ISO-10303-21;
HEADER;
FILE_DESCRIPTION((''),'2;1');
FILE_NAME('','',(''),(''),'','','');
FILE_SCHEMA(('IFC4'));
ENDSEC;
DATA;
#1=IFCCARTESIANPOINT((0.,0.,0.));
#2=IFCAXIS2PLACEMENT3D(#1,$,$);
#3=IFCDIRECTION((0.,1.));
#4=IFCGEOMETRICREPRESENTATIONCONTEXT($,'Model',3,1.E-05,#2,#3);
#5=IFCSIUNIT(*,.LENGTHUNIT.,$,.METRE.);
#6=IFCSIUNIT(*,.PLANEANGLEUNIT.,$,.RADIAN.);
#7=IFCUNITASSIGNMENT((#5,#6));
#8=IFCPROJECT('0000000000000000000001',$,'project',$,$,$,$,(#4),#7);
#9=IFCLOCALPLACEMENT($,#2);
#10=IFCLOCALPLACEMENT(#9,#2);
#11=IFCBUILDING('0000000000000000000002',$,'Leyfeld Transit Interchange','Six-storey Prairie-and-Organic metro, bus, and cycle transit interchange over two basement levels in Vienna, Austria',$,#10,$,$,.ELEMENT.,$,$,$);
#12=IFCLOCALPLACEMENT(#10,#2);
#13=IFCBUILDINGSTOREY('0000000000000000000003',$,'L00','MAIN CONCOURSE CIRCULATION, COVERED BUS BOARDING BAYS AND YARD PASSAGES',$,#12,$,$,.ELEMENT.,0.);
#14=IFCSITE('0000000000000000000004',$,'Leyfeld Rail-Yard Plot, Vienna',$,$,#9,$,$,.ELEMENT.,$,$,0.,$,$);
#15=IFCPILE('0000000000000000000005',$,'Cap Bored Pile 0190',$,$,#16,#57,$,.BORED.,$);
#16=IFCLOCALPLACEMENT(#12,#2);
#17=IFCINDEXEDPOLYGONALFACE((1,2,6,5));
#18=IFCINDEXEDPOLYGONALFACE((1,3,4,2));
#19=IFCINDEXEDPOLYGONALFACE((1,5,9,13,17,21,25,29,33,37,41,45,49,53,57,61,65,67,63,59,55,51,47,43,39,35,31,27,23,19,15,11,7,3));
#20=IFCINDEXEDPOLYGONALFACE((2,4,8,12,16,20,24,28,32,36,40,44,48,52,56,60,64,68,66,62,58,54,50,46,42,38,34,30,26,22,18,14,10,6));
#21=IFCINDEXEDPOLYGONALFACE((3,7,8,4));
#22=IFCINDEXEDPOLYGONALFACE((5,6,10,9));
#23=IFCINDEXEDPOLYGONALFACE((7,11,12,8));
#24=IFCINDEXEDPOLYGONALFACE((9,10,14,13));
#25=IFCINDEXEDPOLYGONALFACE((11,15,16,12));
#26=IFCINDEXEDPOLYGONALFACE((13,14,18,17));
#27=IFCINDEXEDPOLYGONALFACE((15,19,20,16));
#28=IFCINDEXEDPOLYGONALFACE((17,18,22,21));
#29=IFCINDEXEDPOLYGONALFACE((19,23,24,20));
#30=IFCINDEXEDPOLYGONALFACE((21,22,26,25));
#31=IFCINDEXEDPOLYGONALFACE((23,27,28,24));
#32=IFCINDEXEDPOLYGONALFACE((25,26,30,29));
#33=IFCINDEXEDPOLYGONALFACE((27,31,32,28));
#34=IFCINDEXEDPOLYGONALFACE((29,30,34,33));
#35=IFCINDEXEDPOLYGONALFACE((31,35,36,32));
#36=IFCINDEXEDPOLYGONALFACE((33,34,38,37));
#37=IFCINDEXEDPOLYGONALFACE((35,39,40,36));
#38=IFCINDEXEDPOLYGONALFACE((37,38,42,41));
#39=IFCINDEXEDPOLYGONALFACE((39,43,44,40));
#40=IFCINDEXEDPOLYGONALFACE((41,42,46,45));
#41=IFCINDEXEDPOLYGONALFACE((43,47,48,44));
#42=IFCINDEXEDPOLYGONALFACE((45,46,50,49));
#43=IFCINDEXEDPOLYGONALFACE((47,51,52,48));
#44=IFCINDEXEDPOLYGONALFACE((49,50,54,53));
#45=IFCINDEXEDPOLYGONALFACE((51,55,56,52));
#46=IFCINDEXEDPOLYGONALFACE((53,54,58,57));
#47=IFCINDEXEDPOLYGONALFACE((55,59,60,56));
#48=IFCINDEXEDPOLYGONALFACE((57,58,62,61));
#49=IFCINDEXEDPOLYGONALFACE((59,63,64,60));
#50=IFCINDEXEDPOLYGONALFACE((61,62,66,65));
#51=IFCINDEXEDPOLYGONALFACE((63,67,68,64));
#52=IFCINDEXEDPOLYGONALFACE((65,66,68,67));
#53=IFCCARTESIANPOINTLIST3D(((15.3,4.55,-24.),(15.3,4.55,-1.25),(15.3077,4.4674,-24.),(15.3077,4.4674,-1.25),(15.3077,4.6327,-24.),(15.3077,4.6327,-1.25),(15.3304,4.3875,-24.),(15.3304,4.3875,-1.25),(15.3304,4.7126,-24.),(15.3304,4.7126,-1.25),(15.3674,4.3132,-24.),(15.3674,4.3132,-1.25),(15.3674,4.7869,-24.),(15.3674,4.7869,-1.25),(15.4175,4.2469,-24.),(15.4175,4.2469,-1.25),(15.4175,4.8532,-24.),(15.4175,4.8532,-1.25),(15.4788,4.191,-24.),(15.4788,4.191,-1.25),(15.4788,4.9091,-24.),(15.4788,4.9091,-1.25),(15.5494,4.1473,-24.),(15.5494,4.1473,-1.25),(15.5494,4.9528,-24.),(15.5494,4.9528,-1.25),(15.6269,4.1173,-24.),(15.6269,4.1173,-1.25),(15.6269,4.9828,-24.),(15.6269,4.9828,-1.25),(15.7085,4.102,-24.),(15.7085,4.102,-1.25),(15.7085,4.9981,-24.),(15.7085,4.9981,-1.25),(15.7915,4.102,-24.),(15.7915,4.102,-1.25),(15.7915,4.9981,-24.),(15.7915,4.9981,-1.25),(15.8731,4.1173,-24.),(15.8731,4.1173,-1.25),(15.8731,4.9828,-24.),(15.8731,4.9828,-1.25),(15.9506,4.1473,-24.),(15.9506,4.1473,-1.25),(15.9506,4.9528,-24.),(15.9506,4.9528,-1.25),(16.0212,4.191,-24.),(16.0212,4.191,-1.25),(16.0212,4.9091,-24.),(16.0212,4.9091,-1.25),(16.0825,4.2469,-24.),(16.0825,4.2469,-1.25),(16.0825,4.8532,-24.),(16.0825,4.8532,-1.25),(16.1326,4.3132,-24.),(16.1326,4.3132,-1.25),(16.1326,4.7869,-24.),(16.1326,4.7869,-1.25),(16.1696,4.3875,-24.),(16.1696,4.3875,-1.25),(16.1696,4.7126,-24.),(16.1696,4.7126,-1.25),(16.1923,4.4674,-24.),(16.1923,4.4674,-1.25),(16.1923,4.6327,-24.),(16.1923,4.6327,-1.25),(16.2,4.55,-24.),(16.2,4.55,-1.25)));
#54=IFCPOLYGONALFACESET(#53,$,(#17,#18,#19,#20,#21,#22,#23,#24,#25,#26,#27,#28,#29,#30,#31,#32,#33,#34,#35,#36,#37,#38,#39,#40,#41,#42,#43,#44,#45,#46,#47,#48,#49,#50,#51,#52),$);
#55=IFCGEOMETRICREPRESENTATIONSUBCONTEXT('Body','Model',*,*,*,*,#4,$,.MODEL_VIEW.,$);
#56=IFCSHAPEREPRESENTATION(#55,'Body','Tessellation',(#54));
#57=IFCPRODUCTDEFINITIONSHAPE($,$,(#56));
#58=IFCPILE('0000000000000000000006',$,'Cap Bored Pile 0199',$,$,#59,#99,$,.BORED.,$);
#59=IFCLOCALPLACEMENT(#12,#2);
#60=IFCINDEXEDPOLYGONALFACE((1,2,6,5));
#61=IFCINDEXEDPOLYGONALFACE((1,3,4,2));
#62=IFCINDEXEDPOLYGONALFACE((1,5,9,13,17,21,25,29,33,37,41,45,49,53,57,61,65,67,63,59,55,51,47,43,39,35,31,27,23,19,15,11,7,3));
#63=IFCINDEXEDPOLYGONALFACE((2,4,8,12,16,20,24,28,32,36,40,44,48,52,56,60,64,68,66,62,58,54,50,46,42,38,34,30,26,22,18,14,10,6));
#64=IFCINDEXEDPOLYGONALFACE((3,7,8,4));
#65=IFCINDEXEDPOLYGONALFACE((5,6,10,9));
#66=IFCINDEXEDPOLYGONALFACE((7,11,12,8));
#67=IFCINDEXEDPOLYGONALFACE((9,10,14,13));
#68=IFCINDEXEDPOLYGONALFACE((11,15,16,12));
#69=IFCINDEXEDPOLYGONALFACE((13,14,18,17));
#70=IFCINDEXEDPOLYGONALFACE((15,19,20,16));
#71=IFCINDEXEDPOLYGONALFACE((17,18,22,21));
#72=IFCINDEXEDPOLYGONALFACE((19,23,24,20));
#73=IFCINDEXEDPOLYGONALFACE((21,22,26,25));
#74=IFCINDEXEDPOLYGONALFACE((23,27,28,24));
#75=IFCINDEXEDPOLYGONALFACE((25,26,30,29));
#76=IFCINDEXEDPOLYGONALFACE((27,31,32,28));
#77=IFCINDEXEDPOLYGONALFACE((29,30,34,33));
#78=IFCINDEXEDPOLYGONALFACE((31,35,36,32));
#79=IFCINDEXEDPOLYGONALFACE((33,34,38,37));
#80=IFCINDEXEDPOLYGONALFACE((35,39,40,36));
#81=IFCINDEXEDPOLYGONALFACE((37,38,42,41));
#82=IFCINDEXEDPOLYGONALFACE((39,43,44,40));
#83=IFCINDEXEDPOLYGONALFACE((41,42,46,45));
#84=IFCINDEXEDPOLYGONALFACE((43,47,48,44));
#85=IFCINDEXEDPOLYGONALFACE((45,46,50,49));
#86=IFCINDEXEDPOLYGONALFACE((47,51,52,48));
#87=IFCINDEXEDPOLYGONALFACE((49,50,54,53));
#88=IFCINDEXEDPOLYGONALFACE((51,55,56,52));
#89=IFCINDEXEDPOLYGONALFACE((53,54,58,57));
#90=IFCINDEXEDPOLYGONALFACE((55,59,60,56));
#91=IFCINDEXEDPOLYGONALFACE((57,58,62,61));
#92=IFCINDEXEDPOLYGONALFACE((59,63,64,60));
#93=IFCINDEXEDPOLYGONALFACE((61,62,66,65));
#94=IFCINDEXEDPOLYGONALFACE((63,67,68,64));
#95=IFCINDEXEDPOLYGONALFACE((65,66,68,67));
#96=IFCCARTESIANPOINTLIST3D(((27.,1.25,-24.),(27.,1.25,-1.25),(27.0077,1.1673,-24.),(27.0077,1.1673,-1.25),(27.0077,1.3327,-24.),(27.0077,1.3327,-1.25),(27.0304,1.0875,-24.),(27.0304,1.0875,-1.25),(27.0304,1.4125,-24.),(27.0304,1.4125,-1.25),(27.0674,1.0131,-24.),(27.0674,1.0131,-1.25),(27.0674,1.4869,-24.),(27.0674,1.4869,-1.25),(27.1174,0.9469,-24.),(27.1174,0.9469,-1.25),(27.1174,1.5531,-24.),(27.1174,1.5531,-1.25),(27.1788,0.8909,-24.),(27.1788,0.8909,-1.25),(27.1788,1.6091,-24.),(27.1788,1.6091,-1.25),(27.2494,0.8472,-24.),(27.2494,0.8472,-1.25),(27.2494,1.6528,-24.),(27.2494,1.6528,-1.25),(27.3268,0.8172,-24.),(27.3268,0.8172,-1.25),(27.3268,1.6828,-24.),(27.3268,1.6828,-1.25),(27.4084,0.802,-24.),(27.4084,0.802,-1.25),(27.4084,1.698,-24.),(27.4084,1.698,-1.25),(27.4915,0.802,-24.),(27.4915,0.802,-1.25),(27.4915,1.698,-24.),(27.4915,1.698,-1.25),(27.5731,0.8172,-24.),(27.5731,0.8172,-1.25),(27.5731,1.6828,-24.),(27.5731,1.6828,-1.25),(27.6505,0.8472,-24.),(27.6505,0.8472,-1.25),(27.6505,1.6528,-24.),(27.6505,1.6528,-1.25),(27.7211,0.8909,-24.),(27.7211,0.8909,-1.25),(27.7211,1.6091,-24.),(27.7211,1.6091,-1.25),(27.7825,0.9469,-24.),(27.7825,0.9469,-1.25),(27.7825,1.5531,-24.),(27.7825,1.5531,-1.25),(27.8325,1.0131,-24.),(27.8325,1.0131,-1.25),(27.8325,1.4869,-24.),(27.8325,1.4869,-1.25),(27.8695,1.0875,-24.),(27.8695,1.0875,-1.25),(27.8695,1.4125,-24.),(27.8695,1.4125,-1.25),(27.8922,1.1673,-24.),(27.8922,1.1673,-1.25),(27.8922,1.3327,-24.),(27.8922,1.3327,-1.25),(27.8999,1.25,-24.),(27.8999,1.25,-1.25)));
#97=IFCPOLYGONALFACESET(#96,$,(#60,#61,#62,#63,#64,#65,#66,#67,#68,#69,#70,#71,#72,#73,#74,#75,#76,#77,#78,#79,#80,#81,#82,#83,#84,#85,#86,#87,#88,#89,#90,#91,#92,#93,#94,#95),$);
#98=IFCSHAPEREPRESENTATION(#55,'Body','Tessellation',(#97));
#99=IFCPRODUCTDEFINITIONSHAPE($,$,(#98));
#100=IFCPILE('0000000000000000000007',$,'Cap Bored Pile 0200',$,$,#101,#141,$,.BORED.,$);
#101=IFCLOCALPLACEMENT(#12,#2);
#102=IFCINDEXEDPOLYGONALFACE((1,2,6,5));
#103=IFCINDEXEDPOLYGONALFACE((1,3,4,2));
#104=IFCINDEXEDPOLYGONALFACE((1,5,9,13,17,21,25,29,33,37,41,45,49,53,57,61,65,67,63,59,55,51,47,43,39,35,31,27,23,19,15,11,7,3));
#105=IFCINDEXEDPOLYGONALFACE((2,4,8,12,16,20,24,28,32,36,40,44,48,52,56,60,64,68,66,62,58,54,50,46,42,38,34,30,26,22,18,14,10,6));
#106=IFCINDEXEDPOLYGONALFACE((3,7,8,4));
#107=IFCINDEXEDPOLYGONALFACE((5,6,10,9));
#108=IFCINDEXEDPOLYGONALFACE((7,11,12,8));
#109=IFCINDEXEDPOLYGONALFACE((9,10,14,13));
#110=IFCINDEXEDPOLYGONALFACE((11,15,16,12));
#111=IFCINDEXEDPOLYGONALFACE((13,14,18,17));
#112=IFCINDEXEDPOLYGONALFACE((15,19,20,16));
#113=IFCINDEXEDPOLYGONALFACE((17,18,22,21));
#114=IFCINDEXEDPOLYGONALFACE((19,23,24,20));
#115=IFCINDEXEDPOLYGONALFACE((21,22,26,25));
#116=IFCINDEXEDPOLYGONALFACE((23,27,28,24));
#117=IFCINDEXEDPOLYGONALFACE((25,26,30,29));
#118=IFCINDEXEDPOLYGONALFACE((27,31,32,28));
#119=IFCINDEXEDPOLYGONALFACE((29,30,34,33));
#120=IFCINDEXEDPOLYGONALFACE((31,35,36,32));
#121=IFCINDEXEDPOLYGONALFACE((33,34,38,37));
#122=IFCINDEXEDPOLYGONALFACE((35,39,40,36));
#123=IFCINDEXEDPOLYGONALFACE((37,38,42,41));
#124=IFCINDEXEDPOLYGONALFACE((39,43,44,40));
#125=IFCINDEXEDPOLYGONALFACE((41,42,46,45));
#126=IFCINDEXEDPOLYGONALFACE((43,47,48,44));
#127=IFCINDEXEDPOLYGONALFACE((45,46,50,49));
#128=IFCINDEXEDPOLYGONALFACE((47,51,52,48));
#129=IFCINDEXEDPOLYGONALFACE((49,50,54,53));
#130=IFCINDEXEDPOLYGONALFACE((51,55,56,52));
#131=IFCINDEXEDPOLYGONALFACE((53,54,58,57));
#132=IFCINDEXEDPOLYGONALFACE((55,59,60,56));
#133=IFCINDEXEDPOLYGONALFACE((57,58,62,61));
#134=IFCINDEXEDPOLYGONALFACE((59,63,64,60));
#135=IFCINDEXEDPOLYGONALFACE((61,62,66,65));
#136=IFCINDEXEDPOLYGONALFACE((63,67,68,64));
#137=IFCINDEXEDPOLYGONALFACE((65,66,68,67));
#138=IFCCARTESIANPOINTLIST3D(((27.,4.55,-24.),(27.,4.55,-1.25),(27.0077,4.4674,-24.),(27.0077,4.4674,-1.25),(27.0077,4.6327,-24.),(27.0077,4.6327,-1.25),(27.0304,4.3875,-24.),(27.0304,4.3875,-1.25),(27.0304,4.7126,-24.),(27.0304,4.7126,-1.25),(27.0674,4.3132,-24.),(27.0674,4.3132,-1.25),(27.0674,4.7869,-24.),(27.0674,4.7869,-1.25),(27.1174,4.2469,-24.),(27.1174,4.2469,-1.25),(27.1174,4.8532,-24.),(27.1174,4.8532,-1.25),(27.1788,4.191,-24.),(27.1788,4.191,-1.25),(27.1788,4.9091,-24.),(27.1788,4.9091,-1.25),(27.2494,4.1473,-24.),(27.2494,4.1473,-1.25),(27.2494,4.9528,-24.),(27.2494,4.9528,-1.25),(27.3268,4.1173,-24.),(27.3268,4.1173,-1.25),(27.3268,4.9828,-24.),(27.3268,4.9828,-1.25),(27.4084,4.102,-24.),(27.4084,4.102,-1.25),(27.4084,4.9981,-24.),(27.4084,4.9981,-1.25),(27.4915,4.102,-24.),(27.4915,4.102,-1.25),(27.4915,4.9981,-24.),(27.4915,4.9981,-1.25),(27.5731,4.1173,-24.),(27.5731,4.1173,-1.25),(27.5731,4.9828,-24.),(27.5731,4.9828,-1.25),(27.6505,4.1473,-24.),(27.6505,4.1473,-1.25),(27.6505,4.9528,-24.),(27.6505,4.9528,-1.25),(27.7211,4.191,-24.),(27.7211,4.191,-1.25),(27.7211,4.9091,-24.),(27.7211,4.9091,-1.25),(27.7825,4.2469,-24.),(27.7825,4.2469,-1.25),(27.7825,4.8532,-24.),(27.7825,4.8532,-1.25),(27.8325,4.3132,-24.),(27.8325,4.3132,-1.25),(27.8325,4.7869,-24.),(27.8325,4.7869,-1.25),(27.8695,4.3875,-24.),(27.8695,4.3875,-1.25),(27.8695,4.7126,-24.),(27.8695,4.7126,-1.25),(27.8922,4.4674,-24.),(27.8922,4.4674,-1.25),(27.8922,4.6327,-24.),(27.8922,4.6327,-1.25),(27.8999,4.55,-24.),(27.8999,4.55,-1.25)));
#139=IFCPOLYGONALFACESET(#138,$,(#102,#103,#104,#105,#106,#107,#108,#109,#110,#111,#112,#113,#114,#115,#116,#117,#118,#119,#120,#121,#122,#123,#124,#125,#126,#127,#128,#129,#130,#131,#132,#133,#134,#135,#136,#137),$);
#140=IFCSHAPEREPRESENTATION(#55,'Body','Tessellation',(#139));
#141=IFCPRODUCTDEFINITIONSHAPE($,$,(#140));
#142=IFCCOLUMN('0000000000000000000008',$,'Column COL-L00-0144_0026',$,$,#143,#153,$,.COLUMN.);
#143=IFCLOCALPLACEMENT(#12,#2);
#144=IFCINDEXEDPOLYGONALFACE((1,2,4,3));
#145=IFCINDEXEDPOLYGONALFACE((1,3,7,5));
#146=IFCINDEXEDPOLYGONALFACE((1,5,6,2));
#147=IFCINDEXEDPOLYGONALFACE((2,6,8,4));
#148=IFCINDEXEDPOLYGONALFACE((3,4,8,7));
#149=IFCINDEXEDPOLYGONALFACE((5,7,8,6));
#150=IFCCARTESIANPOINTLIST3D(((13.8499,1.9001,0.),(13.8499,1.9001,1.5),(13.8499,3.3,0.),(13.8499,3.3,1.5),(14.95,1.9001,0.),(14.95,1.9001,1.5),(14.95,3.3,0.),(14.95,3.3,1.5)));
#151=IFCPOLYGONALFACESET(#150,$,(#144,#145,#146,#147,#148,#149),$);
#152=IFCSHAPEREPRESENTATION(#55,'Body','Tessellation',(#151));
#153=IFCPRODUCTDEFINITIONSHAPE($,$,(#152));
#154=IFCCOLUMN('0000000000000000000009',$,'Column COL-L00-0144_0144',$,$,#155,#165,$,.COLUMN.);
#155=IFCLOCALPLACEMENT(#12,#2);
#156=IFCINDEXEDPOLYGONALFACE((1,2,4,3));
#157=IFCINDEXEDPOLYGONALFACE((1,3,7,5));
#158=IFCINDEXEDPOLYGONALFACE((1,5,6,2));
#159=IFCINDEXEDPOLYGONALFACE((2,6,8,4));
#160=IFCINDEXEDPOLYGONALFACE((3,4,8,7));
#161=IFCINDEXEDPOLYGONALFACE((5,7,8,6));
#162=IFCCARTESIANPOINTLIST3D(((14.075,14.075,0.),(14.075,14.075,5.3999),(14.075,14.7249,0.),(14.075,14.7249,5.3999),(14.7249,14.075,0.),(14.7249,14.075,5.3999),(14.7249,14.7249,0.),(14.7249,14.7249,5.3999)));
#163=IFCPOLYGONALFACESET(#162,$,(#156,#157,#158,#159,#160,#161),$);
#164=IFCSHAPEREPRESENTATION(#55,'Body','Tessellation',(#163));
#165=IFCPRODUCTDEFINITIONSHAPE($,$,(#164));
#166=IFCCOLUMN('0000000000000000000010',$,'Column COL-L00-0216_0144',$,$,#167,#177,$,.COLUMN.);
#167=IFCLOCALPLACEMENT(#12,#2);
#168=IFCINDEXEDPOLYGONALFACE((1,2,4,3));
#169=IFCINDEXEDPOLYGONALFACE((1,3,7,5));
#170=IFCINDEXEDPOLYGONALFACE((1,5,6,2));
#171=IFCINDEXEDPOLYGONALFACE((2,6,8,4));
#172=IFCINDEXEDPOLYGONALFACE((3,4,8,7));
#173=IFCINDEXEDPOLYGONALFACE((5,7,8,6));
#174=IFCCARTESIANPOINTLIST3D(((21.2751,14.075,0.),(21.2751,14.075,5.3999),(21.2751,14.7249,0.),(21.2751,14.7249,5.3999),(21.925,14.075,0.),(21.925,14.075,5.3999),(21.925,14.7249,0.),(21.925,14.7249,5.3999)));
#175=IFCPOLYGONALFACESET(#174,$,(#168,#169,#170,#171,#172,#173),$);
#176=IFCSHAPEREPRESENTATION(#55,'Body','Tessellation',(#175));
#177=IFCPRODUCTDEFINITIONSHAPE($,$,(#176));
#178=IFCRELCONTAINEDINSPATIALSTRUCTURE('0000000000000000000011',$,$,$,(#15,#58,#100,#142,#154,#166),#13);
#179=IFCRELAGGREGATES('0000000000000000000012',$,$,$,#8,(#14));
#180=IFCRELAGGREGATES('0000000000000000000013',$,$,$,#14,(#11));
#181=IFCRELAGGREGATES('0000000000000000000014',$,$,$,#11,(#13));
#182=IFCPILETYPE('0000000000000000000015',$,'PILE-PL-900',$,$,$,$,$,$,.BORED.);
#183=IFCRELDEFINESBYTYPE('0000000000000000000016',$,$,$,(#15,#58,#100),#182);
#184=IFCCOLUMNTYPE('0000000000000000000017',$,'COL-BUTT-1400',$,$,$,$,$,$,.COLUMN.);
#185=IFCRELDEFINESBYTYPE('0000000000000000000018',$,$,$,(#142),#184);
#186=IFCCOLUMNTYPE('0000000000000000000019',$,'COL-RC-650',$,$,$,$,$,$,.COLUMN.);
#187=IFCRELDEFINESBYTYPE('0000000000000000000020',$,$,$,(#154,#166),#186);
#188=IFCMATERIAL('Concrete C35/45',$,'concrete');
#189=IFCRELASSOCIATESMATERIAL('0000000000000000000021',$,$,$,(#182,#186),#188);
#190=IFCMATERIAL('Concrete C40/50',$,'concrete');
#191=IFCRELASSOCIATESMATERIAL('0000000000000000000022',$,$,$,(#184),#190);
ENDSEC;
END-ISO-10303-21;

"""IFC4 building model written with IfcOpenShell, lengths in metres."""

from ifc_helpers import new_model, si_unit, direction, frame, origin, origin_2d, place, context, subcontext, project, spatial, rectangle, circle, extrude, material, material_profile, profile_set, type_object, element, save


model = new_model("IFC4")

# Units and contexts
model_context = context("Model", 3, precision=1e-05, world=origin(), true_north=direction((0.0, 1.0)))
body_context = subcontext(model_context, "Body", "Model", "MODEL_VIEW")
ifc_project = project(units=[si_unit("LENGTHUNIT", "METRE"), si_unit("PLANEANGLEUNIT", "RADIAN")], contexts=[model_context])

# Site, building, storey
site_placement = place(None, origin())
site = spatial("IfcSite", under=ifc_project, at=site_placement, Name="Leyfeld Rail-Yard Plot, Vienna", CompositionType="ELEMENT", RefElevation=0.0)
building_placement = place(site_placement, origin())
building = spatial("IfcBuilding", under=site, at=building_placement, Name="Leyfeld Transit Interchange", Description="Six-storey Prairie-and-Organic metro, bus, and cycle transit interchange over two basement levels in Vienna, Austria", CompositionType="ELEMENT")
storey_placement = place(building_placement, origin())
storey = spatial("IfcBuildingStorey", under=building, at=storey_placement, Name="L00", Description="MAIN CONCOURSE CIRCULATION, COVERED BUS BOARDING BAYS AND YARD PASSAGES", CompositionType="ELEMENT", Elevation=0.0)

# Shared definitions
ifc_material_1 = material(Name="Concrete C35/45", Category="concrete")

# Piles
ifc_material_profile_1 = material_profile(ifc_material_1, circle(Radius=0.45, at=origin_2d()), Name="PILE D900")
ifc_profile_set_1 = profile_set([ifc_material_profile_1], Name="Concrete C35/45")
pile_type = type_object("IfcPileType", Name="PILE-PL-900", PredefinedType="BORED", material=ifc_profile_set_1)
for number, where, z_axis, x_axis, name in (
    (1, (15.75, 4.55, -1.25), (0.0, 0.0, -1.0), (1.0, 0.0, 0.0), "Cap Bored Pile 0190"),
    (2, (27.45, 1.25, -1.25), (0.0, 0.0, -1.0), (1.0, 0.0, 0.0), "Cap Bored Pile 0199"),
    (3, (27.45, 4.55, -1.25), (0.0, 0.0, -1.0), (1.0, 0.0, 0.0), "Cap Bored Pile 0200"),
):
    element("IfcPile", number, at=place(storey_placement, frame(where, z_axis=z_axis, x_axis=x_axis)), inside=storey, type_object=pile_type, Name=name, PredefinedType="BORED", context=body_context, shape_type="SweptSolid", body=[
        extrude(circle(Radius=0.45, at=origin_2d()), origin(), (0.0, 0.0, 1.0), 22.75),
    ])

# Columns
ifc_material_2 = material(Name="Concrete C40/50", Category="concrete")
ifc_material_profile_2 = material_profile(ifc_material_2, rectangle(XDim=1.1001, YDim=1.3999, at=origin_2d()), Name="RC 1400x1100")
ifc_profile_set_2 = profile_set([ifc_material_profile_2], Name="Concrete C40/50")
column_type_1 = type_object("IfcColumnType", Name="COL-BUTT-1400", PredefinedType="COLUMN", material=ifc_profile_set_2)
column_1_placement = place(storey_placement, frame((14.3999, 2.6001, 0.0), z_axis=(0.0, 0.0, 1.0), x_axis=(1.0, 0.0, 0.0)))
element("IfcColumn", 4, at=column_1_placement, inside=storey, type_object=column_type_1, Name="Column COL-L00-0144_0026", PredefinedType="COLUMN", context=body_context, shape_type="SweptSolid", body=[
    extrude(rectangle(XDim=1.1001, YDim=1.3999, at=origin_2d()), origin(), (0.0, 0.0, 1.0), 1.5),
])
ifc_material_profile_3 = material_profile(ifc_material_1, rectangle(XDim=0.6499, YDim=0.6499, at=origin_2d()), Name="RC 650x650")
ifc_profile_set_3 = profile_set([ifc_material_profile_3], Name="Concrete C35/45")
column_type_2 = type_object("IfcColumnType", Name="COL-RC-650", PredefinedType="COLUMN", material=ifc_profile_set_3)
for number, where, z_axis, x_axis, name in (
    (5, (14.3999, 14.3999, 0.0), (0.0, 0.0, 1.0), (1.0, 0.0, 0.0), "Column COL-L00-0144_0144"),
    (6, (21.6001, 14.3999, 0.0), (0.0, 0.0, 1.0), (1.0, 0.0, 0.0), "Column COL-L00-0216_0144"),
):
    element("IfcColumn", number, at=place(storey_placement, frame(where, z_axis=z_axis, x_axis=x_axis)), inside=storey, type_object=column_type_2, Name=name, PredefinedType="COLUMN", context=body_context, shape_type="SweptSolid", body=[
        extrude(rectangle(XDim=0.6499, YDim=0.6499, at=origin_2d()), origin(), (0.0, 0.0, 1.0), 5.3999),
    ])

save(model, "model.ifc")
